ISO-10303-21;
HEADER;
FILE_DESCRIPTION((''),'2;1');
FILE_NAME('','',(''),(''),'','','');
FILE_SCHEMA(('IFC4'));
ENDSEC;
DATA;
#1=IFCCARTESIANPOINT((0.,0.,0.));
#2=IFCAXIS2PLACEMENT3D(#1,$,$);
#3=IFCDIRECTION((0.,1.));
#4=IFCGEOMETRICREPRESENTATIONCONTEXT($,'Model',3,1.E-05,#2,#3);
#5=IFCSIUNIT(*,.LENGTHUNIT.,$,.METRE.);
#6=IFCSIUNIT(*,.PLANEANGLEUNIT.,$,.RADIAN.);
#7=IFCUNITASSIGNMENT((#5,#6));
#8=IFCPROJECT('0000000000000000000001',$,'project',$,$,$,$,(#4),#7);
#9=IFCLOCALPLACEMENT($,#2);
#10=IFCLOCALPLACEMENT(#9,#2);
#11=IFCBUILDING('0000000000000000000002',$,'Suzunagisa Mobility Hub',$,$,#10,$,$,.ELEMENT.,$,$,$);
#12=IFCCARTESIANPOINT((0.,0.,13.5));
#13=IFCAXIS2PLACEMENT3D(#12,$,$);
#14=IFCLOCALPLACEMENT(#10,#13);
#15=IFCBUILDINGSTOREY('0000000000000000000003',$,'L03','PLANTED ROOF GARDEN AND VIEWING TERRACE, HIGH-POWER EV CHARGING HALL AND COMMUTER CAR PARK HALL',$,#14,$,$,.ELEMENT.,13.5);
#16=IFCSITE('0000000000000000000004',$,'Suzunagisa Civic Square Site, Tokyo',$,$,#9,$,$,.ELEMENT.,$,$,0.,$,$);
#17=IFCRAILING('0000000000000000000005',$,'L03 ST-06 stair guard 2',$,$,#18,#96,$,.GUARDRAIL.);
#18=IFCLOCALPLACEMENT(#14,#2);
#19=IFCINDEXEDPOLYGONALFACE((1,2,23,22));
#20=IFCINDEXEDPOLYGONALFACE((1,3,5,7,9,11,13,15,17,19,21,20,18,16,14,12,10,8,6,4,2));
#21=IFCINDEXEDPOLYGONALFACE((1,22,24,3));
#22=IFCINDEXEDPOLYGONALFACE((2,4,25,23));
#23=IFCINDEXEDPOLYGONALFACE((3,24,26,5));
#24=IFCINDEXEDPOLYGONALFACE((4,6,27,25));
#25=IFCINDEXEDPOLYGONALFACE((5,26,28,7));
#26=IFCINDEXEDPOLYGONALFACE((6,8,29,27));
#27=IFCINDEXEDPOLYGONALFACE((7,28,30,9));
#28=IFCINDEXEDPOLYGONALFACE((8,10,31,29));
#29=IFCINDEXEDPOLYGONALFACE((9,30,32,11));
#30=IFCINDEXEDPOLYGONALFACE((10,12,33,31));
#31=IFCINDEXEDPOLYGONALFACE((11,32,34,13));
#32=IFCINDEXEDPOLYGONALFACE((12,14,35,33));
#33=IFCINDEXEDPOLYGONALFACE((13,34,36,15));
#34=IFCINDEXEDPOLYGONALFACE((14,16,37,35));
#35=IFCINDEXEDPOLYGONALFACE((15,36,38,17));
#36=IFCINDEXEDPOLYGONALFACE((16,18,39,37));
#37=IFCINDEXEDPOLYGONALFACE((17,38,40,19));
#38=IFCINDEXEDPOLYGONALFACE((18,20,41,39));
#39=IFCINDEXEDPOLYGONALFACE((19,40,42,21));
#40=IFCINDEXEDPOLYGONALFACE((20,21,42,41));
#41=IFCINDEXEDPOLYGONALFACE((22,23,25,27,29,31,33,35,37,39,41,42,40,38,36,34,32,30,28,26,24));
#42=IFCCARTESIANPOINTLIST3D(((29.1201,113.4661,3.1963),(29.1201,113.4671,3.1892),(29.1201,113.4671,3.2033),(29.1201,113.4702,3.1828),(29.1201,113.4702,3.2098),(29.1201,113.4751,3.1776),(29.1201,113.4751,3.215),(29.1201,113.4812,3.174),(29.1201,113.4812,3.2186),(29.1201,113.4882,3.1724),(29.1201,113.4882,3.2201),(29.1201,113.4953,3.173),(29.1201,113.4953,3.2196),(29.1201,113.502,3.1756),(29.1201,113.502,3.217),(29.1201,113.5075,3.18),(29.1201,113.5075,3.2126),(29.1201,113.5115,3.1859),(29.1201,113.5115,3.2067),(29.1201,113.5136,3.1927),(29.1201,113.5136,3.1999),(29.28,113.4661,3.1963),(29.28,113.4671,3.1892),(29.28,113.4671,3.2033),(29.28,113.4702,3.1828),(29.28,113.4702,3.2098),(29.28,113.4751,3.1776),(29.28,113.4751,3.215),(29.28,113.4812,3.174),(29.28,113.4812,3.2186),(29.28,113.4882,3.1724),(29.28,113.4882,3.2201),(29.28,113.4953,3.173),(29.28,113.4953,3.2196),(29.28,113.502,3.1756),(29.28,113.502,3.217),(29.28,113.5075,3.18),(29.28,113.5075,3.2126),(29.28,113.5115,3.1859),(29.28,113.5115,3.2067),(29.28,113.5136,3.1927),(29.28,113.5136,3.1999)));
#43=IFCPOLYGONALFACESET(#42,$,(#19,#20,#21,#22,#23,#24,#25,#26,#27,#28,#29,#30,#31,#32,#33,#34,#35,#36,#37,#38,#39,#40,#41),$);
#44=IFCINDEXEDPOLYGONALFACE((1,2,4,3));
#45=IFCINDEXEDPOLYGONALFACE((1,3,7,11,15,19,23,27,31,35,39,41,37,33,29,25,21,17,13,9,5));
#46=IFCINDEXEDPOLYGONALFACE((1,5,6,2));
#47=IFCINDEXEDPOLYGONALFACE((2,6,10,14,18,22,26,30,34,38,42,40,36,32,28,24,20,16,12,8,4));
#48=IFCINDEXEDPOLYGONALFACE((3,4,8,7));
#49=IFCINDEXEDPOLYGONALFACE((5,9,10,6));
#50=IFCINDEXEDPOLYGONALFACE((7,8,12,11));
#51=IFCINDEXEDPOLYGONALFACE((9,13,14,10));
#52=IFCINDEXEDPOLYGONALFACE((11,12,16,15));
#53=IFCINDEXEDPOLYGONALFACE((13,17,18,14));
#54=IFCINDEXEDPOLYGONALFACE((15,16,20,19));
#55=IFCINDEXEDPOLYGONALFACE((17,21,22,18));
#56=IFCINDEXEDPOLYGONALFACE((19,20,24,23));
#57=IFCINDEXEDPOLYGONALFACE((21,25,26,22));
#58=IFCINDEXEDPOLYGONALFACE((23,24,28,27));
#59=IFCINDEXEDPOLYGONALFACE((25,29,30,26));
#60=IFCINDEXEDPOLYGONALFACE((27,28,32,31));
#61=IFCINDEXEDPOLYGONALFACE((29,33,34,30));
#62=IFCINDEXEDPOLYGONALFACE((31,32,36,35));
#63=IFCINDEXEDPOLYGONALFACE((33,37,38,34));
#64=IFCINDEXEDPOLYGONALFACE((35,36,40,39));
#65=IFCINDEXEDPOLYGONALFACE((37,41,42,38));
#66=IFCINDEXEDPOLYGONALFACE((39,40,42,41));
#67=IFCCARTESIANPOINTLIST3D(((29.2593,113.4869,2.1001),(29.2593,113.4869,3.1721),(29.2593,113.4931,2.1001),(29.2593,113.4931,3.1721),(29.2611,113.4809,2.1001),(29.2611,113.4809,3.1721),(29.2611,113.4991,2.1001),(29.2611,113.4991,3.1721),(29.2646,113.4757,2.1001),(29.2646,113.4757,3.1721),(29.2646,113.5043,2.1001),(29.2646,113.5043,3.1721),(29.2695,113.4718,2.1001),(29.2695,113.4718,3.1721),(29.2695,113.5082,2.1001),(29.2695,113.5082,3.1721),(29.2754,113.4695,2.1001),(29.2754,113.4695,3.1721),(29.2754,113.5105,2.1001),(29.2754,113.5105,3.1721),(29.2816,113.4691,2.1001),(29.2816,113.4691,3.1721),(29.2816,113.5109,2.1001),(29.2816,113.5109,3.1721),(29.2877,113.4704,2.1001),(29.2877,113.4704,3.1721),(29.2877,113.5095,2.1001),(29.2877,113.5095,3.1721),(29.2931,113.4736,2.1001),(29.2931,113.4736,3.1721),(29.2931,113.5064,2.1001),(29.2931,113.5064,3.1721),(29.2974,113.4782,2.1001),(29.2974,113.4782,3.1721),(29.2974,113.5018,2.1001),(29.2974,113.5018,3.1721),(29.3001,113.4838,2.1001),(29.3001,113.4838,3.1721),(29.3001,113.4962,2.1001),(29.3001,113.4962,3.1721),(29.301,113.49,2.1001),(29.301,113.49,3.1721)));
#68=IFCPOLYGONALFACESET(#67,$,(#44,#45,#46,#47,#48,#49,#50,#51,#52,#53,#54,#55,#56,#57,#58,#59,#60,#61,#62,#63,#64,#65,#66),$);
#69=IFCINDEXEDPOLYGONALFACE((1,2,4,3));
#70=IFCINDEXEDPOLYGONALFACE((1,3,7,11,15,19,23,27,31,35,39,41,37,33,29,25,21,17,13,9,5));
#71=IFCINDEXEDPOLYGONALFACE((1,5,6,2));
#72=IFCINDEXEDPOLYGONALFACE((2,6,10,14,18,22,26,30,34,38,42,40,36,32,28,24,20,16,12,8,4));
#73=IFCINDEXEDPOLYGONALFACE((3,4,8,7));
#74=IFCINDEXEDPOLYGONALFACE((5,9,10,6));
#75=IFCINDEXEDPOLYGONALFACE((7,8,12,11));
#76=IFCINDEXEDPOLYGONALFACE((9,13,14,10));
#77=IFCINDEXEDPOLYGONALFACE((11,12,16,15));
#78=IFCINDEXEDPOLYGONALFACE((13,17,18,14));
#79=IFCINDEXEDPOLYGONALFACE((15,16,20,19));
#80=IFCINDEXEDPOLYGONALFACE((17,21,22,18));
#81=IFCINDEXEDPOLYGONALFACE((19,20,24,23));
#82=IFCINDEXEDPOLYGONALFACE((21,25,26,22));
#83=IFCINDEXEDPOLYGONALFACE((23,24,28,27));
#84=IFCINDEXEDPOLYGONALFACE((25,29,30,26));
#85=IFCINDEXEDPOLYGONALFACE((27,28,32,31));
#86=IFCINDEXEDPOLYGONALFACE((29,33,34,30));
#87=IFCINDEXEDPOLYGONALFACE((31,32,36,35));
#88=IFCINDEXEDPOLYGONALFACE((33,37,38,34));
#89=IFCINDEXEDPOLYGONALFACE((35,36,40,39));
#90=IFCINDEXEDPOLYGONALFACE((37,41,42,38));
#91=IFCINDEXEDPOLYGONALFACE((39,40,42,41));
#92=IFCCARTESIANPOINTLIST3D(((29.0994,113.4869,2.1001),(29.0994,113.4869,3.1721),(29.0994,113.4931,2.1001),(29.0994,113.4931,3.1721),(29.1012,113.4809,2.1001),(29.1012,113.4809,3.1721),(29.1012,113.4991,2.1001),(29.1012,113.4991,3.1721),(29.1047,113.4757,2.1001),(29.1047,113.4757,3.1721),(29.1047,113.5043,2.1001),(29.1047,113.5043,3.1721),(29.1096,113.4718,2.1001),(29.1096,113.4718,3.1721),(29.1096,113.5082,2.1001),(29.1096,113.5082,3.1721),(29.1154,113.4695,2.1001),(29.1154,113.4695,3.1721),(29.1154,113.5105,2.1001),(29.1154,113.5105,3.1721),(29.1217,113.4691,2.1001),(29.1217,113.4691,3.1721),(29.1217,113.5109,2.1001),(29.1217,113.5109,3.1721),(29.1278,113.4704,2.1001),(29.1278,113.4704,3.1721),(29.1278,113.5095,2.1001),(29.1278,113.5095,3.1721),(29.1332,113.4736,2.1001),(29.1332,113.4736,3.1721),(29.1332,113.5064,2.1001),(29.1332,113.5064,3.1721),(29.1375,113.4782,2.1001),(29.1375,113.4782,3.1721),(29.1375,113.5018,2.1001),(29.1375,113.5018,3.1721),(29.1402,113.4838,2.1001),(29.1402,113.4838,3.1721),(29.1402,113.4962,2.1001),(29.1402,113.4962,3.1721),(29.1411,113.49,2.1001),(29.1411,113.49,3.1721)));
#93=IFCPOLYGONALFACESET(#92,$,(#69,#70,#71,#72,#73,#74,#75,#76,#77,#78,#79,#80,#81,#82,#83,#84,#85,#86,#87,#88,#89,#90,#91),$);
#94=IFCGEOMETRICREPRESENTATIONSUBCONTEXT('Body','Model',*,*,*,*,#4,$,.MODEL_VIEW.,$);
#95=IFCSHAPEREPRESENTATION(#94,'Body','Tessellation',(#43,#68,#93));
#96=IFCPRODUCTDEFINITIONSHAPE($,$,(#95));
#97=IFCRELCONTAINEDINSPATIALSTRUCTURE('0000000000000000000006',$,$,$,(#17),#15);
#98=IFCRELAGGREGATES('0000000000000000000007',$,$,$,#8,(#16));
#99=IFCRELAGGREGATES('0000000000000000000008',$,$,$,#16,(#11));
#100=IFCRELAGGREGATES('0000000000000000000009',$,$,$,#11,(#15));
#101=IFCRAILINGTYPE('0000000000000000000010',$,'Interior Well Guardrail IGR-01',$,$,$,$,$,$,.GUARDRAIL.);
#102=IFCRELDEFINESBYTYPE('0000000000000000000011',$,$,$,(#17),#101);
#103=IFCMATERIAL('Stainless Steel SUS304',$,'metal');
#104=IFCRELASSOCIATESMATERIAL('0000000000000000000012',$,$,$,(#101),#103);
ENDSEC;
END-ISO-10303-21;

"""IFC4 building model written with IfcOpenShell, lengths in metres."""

from ifc_helpers import new_model, si_unit, direction, frame, origin, origin_2d, place, context, subcontext, project, spatial, circle, extrude, material, type_object, element, save


model = new_model("IFC4")

# Units and contexts
model_context = context("Model", 3, precision=1e-05, world=origin(), true_north=direction((0.0, 1.0)))
body_context = subcontext(model_context, "Body", "Model", "MODEL_VIEW")
ifc_project = project(units=[si_unit("LENGTHUNIT", "METRE"), si_unit("PLANEANGLEUNIT", "RADIAN")], contexts=[model_context])

# Site, building, storey
site_placement = place(None, origin())
site = spatial("IfcSite", under=ifc_project, at=site_placement, Name="Suzunagisa Civic Square Site, Tokyo", CompositionType="ELEMENT", RefElevation=0.0)
building_placement = place(site_placement, origin())
building = spatial("IfcBuilding", under=site, at=building_placement, Name="Suzunagisa Mobility Hub", CompositionType="ELEMENT")
storey_placement = place(building_placement, frame((0.0, 0.0, 13.5)))
storey = spatial("IfcBuildingStorey", under=building, at=storey_placement, Name="L03", Description="PLANTED ROOF GARDEN AND VIEWING TERRACE, HIGH-POWER EV CHARGING HALL AND COMMUTER CAR PARK HALL", CompositionType="ELEMENT", Elevation=13.5)

# Railing
ifc_material_1 = material(Name="Stainless Steel SUS304", Category="metal")
railing_type_1 = type_object("IfcRailingType", Name="Interior Well Guardrail IGR-01", PredefinedType="GUARDRAIL", material=ifc_material_1)
railing_1_placement = place(storey_placement, frame((29.28, 113.49, 2.1001)))
element("IfcRailing", 1, at=railing_1_placement, inside=storey, type_object=railing_type_1, Name="L03 ST-06 stair guard 2", PredefinedType="GUARDRAIL", context=body_context, shape_type="SweptSolid", body=[
    extrude(circle(Radius=0.0239, at=origin_2d()), frame((0.0, 0.0, 1.0962), z_axis=(-1.0, 0.0, 0.0), x_axis=(0.0, -1.0, 0.0)), (0.0, 0.0, 1.0), 0.1599),
    extrude(circle(Radius=0.021, at=origin_2d()), origin(), (0.0, 0.0, 1.0), 1.072),
    extrude(circle(Radius=0.021, at=origin_2d()), frame((-0.1599, 0.0, 0.0)), (0.0, 0.0, 1.0), 1.072),
])

save(model, "model.ifc")
